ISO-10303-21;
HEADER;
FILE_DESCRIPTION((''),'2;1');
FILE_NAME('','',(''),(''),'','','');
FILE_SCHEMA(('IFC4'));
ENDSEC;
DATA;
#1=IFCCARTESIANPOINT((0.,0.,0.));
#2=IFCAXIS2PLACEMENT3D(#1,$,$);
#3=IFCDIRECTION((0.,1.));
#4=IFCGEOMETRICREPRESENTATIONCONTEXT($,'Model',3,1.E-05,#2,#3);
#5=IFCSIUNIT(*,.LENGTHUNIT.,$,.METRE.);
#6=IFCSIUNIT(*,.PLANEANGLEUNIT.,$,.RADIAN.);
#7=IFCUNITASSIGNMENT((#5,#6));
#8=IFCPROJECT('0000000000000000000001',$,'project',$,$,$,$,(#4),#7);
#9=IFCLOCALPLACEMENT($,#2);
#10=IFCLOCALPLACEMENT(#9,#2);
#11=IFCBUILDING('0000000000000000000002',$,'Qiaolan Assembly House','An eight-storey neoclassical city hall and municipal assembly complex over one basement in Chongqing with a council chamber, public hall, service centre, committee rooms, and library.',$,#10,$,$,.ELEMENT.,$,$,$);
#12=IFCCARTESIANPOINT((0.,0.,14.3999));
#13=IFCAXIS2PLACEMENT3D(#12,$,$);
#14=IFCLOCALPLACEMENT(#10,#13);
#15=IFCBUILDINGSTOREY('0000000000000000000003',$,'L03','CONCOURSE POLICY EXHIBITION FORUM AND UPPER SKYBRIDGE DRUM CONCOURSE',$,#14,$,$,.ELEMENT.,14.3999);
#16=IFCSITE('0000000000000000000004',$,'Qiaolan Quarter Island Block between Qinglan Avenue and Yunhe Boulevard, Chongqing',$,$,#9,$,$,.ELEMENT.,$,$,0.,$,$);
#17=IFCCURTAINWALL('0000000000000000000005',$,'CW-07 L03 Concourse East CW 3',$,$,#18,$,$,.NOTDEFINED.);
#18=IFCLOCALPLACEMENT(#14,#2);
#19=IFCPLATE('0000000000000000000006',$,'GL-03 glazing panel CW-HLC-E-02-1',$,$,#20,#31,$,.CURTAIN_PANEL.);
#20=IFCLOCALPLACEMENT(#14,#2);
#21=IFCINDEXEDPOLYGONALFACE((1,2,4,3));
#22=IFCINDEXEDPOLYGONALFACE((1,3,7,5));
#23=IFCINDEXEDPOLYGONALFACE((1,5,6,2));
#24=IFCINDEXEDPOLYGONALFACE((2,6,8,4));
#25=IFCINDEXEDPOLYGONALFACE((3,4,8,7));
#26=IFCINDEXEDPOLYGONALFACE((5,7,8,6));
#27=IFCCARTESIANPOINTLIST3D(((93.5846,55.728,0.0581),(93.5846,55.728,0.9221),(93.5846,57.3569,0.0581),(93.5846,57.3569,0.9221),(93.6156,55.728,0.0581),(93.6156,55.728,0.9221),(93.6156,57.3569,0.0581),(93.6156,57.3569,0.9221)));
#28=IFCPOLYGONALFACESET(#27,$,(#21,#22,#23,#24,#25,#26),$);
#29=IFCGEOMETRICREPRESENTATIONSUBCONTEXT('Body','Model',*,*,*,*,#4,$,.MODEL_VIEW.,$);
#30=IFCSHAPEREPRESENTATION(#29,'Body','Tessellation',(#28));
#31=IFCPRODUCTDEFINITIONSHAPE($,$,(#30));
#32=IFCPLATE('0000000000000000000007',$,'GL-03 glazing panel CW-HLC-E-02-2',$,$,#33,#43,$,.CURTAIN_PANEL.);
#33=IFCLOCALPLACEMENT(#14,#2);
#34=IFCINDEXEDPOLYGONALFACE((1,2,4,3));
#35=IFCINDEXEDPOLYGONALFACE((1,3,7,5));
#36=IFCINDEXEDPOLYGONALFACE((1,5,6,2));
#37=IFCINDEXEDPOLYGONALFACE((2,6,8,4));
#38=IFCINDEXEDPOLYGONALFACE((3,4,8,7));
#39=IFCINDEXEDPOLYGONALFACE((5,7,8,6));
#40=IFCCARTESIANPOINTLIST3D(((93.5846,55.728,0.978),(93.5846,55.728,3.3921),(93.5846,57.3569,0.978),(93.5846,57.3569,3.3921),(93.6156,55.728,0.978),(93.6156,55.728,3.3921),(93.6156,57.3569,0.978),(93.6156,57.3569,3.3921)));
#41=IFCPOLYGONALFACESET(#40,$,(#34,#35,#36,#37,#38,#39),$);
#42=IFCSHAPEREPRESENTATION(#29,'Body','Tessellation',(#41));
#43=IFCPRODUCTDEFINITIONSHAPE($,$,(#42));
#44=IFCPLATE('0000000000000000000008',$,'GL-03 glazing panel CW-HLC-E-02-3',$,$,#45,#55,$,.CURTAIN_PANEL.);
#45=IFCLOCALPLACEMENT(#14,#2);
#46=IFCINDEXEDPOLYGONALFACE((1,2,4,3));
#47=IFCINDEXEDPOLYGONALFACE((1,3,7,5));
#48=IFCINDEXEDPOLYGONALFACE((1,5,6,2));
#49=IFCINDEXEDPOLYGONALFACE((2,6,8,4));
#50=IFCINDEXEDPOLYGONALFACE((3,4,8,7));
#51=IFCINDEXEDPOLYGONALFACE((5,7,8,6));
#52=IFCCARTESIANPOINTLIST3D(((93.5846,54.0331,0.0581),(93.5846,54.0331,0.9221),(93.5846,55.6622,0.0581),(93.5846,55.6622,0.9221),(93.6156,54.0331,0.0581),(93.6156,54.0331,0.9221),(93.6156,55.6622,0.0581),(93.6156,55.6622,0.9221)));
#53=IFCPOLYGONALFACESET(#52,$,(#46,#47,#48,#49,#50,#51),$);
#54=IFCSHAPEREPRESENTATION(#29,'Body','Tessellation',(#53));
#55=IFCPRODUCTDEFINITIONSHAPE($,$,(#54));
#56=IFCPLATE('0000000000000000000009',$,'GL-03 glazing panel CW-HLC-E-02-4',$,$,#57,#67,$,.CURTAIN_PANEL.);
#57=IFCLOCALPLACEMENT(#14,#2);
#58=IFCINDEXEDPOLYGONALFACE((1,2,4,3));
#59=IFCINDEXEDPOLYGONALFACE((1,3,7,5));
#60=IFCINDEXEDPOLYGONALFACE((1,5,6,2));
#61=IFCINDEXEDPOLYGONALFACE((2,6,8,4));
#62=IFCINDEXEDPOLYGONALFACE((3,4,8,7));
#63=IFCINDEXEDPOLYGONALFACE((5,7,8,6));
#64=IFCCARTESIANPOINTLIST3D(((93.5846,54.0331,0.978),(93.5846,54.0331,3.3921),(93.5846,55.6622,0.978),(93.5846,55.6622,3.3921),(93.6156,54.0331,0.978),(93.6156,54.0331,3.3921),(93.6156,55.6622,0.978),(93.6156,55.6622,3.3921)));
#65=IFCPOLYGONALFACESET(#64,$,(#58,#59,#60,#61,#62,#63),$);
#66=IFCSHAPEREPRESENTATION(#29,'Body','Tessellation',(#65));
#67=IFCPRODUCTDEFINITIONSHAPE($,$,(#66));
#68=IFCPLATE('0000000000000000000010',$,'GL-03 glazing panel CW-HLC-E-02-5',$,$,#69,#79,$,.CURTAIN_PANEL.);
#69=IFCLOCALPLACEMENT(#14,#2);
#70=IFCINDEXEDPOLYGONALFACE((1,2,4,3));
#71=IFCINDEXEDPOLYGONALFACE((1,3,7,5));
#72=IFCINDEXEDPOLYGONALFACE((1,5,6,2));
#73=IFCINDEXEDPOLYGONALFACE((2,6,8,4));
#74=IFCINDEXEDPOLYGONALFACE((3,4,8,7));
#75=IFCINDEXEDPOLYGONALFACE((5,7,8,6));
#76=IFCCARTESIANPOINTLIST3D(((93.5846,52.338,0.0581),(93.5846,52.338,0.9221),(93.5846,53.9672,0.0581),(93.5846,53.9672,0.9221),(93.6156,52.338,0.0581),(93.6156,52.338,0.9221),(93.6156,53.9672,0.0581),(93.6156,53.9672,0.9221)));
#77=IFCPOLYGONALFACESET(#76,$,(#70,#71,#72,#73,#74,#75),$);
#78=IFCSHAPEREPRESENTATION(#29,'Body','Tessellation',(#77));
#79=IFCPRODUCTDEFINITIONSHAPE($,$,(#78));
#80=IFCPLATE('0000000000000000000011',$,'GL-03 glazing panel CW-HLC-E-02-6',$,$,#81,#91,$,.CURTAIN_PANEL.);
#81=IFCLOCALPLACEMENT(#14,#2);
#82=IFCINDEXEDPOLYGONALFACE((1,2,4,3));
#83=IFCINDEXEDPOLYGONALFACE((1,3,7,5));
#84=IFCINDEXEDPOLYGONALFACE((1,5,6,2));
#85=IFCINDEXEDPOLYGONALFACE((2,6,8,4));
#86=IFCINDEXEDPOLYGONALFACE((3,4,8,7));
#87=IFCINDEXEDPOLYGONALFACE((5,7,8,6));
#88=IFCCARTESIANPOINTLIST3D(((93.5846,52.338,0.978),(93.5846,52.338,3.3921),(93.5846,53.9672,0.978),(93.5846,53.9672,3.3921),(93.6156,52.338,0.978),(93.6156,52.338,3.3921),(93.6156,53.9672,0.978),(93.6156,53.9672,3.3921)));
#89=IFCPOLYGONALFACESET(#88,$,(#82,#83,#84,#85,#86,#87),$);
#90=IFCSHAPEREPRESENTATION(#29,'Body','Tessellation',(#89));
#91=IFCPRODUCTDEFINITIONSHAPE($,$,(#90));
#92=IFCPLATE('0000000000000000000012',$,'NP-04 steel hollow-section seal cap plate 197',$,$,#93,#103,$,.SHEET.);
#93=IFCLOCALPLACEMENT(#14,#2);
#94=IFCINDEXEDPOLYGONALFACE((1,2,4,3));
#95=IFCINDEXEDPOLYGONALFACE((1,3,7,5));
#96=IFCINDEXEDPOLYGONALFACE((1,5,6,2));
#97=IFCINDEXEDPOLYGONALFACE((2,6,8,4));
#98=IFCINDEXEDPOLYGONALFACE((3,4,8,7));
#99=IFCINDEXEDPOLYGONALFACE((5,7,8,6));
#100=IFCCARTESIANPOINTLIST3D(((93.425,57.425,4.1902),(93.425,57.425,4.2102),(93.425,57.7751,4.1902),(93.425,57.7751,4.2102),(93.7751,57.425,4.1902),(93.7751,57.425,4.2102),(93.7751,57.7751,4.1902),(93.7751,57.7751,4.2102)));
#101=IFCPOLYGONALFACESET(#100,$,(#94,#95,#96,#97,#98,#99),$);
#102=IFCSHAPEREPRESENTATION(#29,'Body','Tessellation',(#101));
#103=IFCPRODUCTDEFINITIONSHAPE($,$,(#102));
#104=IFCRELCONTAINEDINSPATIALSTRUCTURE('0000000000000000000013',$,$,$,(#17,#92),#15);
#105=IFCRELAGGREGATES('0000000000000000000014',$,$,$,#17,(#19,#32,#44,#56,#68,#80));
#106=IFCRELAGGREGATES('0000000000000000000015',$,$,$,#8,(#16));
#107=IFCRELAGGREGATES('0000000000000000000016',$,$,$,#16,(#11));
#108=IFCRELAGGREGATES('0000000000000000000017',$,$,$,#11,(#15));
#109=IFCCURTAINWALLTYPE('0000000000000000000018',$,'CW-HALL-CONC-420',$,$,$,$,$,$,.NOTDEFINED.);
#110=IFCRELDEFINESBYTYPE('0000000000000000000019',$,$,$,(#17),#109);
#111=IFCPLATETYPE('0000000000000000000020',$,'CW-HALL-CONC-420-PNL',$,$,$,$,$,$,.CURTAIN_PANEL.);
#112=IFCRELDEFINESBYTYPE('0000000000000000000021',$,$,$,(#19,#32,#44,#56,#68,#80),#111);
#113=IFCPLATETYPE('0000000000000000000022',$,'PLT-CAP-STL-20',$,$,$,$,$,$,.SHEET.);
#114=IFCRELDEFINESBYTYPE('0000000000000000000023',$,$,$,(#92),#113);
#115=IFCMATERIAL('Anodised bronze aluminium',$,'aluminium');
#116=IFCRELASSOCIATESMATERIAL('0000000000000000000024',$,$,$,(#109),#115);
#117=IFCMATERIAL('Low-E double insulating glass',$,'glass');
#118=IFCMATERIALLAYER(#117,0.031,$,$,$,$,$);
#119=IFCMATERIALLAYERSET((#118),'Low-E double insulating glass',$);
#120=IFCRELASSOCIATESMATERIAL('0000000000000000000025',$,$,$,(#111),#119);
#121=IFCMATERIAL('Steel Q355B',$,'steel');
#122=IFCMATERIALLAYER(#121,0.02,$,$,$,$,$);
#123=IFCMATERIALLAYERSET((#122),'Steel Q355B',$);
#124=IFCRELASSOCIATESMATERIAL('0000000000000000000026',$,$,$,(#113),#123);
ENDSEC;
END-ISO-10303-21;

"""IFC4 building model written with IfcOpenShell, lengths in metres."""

from ifc_helpers import new_model, si_unit, direction, frame, frame_2d, origin, origin_2d, place, context, subcontext, project, spatial, rectangle, extrude, material, layer, layer_set, type_object, element, aggregate, save


model = new_model("IFC4")

# Units and contexts
model_context = context("Model", 3, precision=1e-05, world=origin(), true_north=direction((0.0, 1.0)))
body_context = subcontext(model_context, "Body", "Model", "MODEL_VIEW")
ifc_project = project(units=[si_unit("LENGTHUNIT", "METRE"), si_unit("PLANEANGLEUNIT", "RADIAN")], contexts=[model_context])

# Site, building, storey
site_placement = place(None, origin())
site = spatial("IfcSite", under=ifc_project, at=site_placement, Name="Qiaolan Quarter Island Block between Qinglan Avenue and Yunhe Boulevard, Chongqing", CompositionType="ELEMENT", RefElevation=0.0)
building_placement = place(site_placement, origin())
building = spatial("IfcBuilding", under=site, at=building_placement, Name="Qiaolan Assembly House", Description="An eight-storey neoclassical city hall and municipal assembly complex over one basement in Chongqing with a council chamber, public hall, service centre, committee rooms, and library.", CompositionType="ELEMENT")
storey_placement = place(building_placement, frame((0.0, 0.0, 14.3999)))
storey = spatial("IfcBuildingStorey", under=building, at=storey_placement, Name="L03", Description="CONCOURSE POLICY EXHIBITION FORUM AND UPPER SKYBRIDGE DRUM CONCOURSE", CompositionType="ELEMENT", Elevation=14.3999)

# Shared definitions
ifc_material_1 = material(Name="Steel Q355B", Category="steel")

# Curtain wall
ifc_material_2 = material(Name="Anodised bronze aluminium", Category="aluminium")
curtain_wall_type = type_object("IfcCurtainWallType", Name="CW-HALL-CONC-420", PredefinedType="NOTDEFINED", material=ifc_material_2)
curtain_wall_placement = place(storey_placement, origin())
curtain_wall = element("IfcCurtainWall", 1, at=curtain_wall_placement, inside=storey, type_object=curtain_wall_type, Name="CW-07 L03 Concourse East CW 3", PredefinedType="NOTDEFINED")

# Plates
ifc_material_3 = material(Name="Low-E double insulating glass", Category="glass")
ifc_layer_1 = layer(ifc_material_3, 0.031)
ifc_layer_set_1 = layer_set([ifc_layer_1], Name="Low-E double insulating glass")
plate_type_1 = type_object("IfcPlateType", Name="CW-HALL-CONC-420-PNL", PredefinedType="CURTAIN_PANEL", material=ifc_layer_set_1)
plate_1_placement = place(storey_placement, frame((93.6001, 57.3569, 0.0581), z_axis=(0.0, 0.0, 1.0), x_axis=(0.0, -1.0, 0.0)))
plate_1 = element("IfcPlate", 2, at=plate_1_placement, type_object=plate_type_1, Name="GL-03 glazing panel CW-HLC-E-02-1", PredefinedType="CURTAIN_PANEL", context=body_context, shape_type="SweptSolid", body=[
    extrude(rectangle(XDim=1.6289, YDim=0.031, at=frame_2d((0.8145, 0.0))), origin(), (0.0, 0.0, 1.0), 0.864),
])
plate_2_placement = place(storey_placement, frame((93.6001, 57.3569, 0.978), z_axis=(0.0, 0.0, 1.0), x_axis=(0.0, -1.0, 0.0)))
plate_2 = element("IfcPlate", 3, at=plate_2_placement, type_object=plate_type_1, Name="GL-03 glazing panel CW-HLC-E-02-2", PredefinedType="CURTAIN_PANEL", context=body_context, shape_type="SweptSolid", body=[
    extrude(rectangle(XDim=1.6289, YDim=0.031, at=frame_2d((0.8145, 0.0))), origin(), (0.0, 0.0, 1.0), 2.4141),
])
plate_3_placement = place(storey_placement, frame((93.6001, 55.6621, 0.0581), z_axis=(0.0, 0.0, 1.0), x_axis=(0.0, -1.0, 0.0)))
plate_3 = element("IfcPlate", 4, at=plate_3_placement, type_object=plate_type_1, Name="GL-03 glazing panel CW-HLC-E-02-3", PredefinedType="CURTAIN_PANEL", context=body_context, shape_type="SweptSolid", body=[
    extrude(rectangle(XDim=1.6292, YDim=0.031, at=frame_2d((0.8145, 0.0))), origin(), (0.0, 0.0, 1.0), 0.864),
])
plate_4_placement = place(storey_placement, frame((93.6001, 55.6621, 0.978), z_axis=(0.0, 0.0, 1.0), x_axis=(0.0, -1.0, 0.0)))
plate_4 = element("IfcPlate", 5, at=plate_4_placement, type_object=plate_type_1, Name="GL-03 glazing panel CW-HLC-E-02-4", PredefinedType="CURTAIN_PANEL", context=body_context, shape_type="SweptSolid", body=[
    extrude(rectangle(XDim=1.6292, YDim=0.031, at=frame_2d((0.8145, 0.0))), origin(), (0.0, 0.0, 1.0), 2.4141),
])
plate_5_placement = place(storey_placement, frame((93.6001, 53.967, 0.0581), z_axis=(0.0, 0.0, 1.0), x_axis=(0.0, -1.0, 0.0)))
plate_5 = element("IfcPlate", 6, at=plate_5_placement, type_object=plate_type_1, Name="GL-03 glazing panel CW-HLC-E-02-5", PredefinedType="CURTAIN_PANEL", context=body_context, shape_type="SweptSolid", body=[
    extrude(rectangle(XDim=1.6292, YDim=0.031, at=frame_2d((0.8145, 0.0))), origin(), (0.0, 0.0, 1.0), 0.864),
])
plate_6_placement = place(storey_placement, frame((93.6001, 53.967, 0.978), z_axis=(0.0, 0.0, 1.0), x_axis=(0.0, -1.0, 0.0)))
plate_6 = element("IfcPlate", 7, at=plate_6_placement, type_object=plate_type_1, Name="GL-03 glazing panel CW-HLC-E-02-6", PredefinedType="CURTAIN_PANEL", context=body_context, shape_type="SweptSolid", body=[
    extrude(rectangle(XDim=1.6292, YDim=0.031, at=frame_2d((0.8145, 0.0))), origin(), (0.0, 0.0, 1.0), 2.4141),
])
aggregate(curtain_wall, [plate_1, plate_2, plate_3, plate_4, plate_5, plate_6])
ifc_layer_2 = layer(ifc_material_1, 0.02)
ifc_layer_set_2 = layer_set([ifc_layer_2], Name="Steel Q355B")
plate_type_2 = type_object("IfcPlateType", Name="PLT-CAP-STL-20", PredefinedType="SHEET", material=ifc_layer_set_2)
plate_7_placement = place(storey_placement, frame((93.6001, 57.6001, 4.1902), z_axis=(0.0, 0.0, 1.0), x_axis=(1.0, 0.0, 0.0)))
element("IfcPlate", 8, at=plate_7_placement, inside=storey, type_object=plate_type_2, Name="NP-04 steel hollow-section seal cap plate 197", PredefinedType="SHEET", context=body_context, shape_type="SweptSolid", body=[
    extrude(rectangle(XDim=0.3501, YDim=0.3501, at=origin_2d()), origin(), (0.0, 0.0, 1.0), 0.02),
])

save(model, "model.ifc")
